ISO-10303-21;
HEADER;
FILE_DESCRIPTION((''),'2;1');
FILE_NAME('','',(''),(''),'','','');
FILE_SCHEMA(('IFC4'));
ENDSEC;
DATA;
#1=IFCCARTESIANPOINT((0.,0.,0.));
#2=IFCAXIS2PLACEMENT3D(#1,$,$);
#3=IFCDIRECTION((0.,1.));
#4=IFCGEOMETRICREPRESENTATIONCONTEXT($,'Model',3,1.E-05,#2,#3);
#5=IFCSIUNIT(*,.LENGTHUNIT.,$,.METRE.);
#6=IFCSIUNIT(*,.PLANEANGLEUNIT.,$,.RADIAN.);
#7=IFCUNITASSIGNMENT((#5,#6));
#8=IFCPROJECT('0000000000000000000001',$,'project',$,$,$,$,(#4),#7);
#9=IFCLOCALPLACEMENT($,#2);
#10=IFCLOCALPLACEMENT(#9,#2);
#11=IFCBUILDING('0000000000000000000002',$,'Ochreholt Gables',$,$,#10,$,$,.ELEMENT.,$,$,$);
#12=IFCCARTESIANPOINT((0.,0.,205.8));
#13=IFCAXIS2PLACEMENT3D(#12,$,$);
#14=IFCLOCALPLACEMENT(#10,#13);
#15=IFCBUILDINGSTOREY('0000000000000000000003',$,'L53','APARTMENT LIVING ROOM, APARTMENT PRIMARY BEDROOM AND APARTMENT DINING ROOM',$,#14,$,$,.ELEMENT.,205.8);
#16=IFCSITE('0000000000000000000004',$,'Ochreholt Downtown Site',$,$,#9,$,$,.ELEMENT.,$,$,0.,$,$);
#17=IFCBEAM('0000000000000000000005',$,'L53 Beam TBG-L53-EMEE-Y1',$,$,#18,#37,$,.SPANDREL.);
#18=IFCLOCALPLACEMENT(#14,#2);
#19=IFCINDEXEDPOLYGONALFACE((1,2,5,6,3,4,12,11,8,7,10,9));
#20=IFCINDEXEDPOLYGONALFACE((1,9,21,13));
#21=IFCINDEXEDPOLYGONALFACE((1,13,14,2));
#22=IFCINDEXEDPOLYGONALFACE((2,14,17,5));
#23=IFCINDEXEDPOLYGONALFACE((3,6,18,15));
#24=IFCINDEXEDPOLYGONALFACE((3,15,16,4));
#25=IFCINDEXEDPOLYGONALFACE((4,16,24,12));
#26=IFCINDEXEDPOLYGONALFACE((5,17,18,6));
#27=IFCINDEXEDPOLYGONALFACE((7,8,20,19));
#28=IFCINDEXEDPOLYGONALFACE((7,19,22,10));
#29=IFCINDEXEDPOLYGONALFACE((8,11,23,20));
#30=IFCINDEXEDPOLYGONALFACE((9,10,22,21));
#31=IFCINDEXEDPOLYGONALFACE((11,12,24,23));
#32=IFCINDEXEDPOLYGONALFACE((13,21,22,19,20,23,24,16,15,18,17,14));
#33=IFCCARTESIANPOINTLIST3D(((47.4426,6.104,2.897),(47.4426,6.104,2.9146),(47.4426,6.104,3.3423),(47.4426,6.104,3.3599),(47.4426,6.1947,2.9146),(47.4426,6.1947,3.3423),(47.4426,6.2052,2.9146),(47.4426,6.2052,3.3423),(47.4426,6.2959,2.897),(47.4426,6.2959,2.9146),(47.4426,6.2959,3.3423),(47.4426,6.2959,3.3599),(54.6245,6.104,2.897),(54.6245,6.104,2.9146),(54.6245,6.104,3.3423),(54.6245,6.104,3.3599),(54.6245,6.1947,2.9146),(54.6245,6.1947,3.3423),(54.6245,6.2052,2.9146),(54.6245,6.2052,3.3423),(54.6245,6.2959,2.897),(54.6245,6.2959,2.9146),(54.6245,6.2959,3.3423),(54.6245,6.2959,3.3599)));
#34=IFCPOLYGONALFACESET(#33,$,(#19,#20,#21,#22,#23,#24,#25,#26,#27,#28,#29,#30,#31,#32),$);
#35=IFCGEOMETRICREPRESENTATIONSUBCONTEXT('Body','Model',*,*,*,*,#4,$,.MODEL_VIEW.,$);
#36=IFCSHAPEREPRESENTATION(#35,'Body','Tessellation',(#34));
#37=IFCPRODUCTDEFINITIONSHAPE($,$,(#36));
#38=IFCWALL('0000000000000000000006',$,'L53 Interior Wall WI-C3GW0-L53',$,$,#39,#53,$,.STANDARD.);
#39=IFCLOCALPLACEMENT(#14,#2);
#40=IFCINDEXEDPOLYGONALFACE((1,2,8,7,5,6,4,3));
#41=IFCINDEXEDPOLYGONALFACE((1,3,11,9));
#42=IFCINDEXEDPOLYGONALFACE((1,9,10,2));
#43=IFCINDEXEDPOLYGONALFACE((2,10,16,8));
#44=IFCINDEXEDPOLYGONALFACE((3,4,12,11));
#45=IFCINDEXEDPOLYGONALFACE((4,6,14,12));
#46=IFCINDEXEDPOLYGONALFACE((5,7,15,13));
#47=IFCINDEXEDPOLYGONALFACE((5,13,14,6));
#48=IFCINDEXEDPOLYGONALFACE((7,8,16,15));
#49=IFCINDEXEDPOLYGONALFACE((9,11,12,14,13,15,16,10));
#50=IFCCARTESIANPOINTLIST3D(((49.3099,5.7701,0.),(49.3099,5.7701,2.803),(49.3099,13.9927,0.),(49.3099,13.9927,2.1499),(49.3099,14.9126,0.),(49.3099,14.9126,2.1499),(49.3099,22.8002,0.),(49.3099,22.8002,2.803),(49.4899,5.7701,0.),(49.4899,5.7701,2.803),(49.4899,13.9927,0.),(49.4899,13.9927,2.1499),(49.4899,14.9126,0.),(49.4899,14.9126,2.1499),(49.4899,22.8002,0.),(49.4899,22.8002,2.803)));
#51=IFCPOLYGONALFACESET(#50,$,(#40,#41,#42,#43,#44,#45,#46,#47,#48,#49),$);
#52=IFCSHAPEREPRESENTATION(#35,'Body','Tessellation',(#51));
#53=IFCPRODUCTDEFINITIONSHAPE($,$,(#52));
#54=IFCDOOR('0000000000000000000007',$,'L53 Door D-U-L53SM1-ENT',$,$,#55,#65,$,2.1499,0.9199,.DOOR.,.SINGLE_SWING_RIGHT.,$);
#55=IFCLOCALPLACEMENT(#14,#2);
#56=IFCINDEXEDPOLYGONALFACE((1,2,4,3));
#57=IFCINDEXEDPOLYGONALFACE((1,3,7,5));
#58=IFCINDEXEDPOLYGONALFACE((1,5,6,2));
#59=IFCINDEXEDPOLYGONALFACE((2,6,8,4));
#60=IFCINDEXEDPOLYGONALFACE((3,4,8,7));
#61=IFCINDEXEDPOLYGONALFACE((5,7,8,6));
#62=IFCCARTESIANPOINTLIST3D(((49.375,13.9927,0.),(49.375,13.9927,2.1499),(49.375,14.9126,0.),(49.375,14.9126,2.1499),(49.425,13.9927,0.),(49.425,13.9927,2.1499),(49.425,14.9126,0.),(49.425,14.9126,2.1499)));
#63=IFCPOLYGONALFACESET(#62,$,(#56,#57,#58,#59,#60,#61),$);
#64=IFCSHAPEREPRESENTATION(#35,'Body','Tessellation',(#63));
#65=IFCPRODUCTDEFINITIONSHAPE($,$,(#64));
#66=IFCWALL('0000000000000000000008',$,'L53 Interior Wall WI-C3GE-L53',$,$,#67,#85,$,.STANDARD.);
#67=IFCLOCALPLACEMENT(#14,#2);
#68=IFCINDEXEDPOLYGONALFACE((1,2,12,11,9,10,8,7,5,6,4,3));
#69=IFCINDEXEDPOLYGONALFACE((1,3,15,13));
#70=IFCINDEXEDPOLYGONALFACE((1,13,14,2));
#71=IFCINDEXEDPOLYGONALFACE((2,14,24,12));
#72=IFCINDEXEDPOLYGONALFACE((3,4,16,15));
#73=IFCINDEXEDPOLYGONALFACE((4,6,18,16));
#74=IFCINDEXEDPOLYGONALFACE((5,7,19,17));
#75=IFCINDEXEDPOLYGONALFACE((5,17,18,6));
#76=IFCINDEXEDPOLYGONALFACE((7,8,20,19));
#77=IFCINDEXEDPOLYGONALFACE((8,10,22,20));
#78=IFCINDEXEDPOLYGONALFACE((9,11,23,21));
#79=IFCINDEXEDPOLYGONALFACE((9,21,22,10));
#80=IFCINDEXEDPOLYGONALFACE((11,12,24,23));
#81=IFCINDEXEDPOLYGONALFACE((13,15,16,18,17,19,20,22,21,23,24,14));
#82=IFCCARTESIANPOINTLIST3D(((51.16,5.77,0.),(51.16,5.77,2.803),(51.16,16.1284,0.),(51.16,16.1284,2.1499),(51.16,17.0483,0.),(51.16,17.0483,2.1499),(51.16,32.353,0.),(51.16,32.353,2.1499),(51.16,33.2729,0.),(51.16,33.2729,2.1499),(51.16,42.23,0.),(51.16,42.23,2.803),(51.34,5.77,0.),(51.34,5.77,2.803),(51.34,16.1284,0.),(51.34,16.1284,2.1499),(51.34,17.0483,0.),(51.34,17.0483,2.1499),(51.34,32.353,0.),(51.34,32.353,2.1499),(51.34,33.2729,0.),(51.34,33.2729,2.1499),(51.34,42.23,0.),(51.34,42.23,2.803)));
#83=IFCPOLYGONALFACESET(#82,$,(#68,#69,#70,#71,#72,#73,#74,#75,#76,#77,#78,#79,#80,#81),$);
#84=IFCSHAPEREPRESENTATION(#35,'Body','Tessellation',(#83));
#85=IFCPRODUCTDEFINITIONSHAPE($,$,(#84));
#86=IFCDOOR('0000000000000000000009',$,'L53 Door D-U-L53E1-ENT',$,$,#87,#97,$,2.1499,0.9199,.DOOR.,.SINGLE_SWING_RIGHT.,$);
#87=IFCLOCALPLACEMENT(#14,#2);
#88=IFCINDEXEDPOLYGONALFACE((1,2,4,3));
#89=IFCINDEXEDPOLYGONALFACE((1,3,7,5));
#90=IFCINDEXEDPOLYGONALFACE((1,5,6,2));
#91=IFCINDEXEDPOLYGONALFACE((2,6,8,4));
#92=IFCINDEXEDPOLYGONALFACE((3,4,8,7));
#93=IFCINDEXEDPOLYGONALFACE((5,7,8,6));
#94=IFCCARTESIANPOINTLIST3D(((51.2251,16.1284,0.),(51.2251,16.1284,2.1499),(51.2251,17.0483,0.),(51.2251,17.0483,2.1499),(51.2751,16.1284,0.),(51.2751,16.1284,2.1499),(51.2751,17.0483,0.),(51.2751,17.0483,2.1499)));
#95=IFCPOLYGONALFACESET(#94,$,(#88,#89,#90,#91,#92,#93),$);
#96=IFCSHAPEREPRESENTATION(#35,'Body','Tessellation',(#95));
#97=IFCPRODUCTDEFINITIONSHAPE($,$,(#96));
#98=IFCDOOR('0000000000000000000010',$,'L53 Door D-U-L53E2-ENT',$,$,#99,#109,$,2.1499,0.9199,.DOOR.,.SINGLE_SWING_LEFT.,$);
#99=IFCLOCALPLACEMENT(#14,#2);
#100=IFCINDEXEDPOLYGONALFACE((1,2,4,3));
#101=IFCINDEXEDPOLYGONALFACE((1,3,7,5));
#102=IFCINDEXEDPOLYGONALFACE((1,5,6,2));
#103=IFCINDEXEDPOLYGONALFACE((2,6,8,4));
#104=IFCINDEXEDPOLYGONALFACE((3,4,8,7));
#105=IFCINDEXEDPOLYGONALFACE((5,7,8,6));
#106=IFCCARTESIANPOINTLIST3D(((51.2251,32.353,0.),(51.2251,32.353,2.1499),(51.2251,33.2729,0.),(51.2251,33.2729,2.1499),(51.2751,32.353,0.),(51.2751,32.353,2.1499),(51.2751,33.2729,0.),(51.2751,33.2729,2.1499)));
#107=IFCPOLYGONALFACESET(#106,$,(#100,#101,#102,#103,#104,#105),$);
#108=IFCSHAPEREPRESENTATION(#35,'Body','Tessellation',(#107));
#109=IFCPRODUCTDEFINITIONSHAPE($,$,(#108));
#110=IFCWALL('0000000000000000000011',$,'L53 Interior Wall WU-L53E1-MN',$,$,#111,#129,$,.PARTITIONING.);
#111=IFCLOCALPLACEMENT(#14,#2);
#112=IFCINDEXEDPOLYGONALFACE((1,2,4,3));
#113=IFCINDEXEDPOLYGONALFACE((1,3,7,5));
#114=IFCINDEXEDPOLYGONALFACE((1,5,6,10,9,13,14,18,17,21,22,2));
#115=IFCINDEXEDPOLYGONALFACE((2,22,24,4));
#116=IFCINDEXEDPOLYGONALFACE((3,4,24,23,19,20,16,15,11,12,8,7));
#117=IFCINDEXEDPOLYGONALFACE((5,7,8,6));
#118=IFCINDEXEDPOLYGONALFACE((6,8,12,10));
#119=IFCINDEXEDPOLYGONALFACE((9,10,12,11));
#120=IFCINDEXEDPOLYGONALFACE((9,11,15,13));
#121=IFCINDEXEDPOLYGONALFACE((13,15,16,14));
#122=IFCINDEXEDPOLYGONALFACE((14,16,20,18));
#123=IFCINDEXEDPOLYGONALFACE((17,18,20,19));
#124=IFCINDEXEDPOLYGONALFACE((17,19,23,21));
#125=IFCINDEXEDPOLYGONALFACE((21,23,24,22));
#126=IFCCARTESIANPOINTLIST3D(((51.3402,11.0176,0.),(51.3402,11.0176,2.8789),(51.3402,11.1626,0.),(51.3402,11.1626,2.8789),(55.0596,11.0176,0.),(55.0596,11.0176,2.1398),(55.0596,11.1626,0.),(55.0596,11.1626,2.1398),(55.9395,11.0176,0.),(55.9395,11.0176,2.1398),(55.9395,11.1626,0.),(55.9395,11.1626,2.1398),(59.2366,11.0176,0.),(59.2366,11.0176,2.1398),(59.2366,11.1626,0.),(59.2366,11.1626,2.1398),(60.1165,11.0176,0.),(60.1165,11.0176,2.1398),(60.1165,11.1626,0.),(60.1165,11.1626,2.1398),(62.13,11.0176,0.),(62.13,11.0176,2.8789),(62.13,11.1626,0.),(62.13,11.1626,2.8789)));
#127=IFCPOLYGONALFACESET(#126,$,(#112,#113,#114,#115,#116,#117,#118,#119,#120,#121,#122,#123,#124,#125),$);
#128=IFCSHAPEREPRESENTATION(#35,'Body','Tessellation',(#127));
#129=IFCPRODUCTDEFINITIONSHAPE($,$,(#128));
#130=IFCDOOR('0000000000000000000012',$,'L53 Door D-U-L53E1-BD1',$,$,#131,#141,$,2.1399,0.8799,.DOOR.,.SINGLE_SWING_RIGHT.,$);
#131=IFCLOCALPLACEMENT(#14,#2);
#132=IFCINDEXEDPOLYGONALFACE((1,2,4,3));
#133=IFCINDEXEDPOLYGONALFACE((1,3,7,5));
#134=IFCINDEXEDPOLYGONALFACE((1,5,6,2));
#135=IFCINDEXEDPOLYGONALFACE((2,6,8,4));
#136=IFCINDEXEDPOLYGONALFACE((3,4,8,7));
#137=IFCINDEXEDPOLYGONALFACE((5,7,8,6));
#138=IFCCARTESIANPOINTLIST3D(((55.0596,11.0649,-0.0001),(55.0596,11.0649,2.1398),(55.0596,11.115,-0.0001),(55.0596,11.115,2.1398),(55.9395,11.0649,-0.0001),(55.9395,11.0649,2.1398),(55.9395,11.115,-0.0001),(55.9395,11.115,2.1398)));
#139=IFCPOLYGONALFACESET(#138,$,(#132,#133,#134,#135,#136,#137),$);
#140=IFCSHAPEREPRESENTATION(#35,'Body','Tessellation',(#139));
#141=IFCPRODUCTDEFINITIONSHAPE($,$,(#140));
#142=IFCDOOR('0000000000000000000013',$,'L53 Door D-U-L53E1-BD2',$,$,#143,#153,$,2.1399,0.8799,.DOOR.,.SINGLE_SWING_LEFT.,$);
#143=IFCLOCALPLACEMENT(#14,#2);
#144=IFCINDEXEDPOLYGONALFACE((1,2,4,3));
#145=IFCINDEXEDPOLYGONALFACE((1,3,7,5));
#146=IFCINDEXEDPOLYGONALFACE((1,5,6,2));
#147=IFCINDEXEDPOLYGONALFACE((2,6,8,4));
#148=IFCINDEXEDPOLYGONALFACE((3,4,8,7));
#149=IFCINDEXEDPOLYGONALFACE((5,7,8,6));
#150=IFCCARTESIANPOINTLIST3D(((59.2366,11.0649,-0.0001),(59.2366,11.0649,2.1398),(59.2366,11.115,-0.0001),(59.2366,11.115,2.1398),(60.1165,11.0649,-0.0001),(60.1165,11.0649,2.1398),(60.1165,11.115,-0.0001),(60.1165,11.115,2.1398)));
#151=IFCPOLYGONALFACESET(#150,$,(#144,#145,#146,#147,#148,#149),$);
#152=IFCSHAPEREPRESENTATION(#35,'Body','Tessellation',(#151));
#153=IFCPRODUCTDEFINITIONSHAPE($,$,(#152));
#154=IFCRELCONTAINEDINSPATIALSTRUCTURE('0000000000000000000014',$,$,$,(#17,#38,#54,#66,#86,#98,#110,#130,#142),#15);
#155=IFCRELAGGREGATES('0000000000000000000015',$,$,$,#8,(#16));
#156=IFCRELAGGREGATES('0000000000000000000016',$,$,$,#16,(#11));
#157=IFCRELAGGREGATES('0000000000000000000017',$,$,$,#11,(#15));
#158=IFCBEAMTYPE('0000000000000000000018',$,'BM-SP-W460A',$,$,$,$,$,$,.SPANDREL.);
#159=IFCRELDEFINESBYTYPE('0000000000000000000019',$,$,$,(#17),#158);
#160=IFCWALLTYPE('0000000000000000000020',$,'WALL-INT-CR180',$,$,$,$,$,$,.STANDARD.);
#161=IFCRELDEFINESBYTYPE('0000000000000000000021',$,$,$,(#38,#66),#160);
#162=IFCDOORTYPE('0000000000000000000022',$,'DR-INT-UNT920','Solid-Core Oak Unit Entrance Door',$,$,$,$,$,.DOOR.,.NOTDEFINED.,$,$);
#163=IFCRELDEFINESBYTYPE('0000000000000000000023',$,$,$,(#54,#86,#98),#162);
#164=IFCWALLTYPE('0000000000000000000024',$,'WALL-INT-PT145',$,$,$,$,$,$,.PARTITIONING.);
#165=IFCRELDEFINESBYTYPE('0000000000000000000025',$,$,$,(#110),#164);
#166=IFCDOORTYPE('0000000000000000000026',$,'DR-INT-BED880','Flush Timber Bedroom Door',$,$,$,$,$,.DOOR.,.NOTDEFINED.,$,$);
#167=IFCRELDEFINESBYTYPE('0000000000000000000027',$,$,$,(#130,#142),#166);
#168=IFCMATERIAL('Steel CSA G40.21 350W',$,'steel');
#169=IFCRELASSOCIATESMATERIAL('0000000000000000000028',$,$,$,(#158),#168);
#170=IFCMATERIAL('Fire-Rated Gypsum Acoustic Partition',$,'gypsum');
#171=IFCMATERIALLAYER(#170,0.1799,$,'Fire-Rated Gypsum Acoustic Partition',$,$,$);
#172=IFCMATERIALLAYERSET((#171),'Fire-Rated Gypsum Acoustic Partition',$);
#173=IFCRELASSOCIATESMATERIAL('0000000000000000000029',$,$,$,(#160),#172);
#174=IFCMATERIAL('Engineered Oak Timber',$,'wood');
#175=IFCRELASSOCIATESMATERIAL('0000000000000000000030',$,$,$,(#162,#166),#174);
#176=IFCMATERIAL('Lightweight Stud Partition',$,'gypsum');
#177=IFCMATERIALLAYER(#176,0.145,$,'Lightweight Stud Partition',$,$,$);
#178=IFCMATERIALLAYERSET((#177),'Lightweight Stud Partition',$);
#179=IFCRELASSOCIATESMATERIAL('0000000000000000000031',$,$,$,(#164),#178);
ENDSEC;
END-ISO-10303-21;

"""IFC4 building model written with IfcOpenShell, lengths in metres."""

from ifc_helpers import new_model, si_unit, direction, frame, frame_2d, origin, origin_2d, place, context, subcontext, project, spatial, rectangle, i_section, extrude, material, layer, layer_set, material_profile, profile_set, type_object, element, fill, save


model = new_model("IFC4")

# Units and contexts
model_context = context("Model", 3, precision=1e-05, world=origin(), true_north=direction((0.0, 1.0)))
body_context = subcontext(model_context, "Body", "Model", "MODEL_VIEW")
ifc_project = project(units=[si_unit("LENGTHUNIT", "METRE"), si_unit("PLANEANGLEUNIT", "RADIAN")], contexts=[model_context])

# Site, building, storey
site_placement = place(None, origin())
site = spatial("IfcSite", under=ifc_project, at=site_placement, Name="Ochreholt Downtown Site", CompositionType="ELEMENT", RefElevation=0.0)
building_placement = place(site_placement, origin())
building = spatial("IfcBuilding", under=site, at=building_placement, Name="Ochreholt Gables", CompositionType="ELEMENT")
storey_placement = place(building_placement, frame((0.0, 0.0, 205.8)))
storey = spatial("IfcBuildingStorey", under=building, at=storey_placement, Name="L53", Description="APARTMENT LIVING ROOM, APARTMENT PRIMARY BEDROOM AND APARTMENT DINING ROOM", CompositionType="ELEMENT", Elevation=205.8)

# Shared definitions
ifc_material_1 = material(Name="Steel CSA G40.21 350W", Category="steel")

# Beam
ifc_material_profile_1 = material_profile(ifc_material_1, i_section(OverallWidth=0.1919, OverallDepth=0.4629, WebThickness=0.0105, FlangeThickness=0.0176, at=origin_2d()), Name="W460X89")
ifc_profile_set_1 = profile_set([ifc_material_profile_1], Name="Steel CSA G40.21 350W")
beam_type_1 = type_object("IfcBeamType", Name="BM-SP-W460A", PredefinedType="SPANDREL", material=ifc_profile_set_1)
beam_1_placement = place(storey_placement, frame((47.4426, 6.2, 3.1284), z_axis=(1.0, 0.0, 0.0), x_axis=(0.0, 1.0, 0.0)))
element("IfcBeam", 1, at=beam_1_placement, inside=storey, type_object=beam_type_1, Name="L53 Beam TBG-L53-EMEE-Y1", PredefinedType="SPANDREL", context=body_context, shape_type="SweptSolid", body=[
    extrude(i_section(OverallWidth=0.1919, OverallDepth=0.4629, WebThickness=0.0105, FlangeThickness=0.0176, at=origin_2d()), origin(), (0.0, 0.0, 1.0), 7.1819),
])

# Wall, opening, door
ifc_material_2 = material(Name="Fire-Rated Gypsum Acoustic Partition", Category="gypsum")
ifc_layer_1 = layer(ifc_material_2, 0.1799, Name="Fire-Rated Gypsum Acoustic Partition")
ifc_layer_set_1 = layer_set([ifc_layer_1], Name="Fire-Rated Gypsum Acoustic Partition")
wall_type_1 = type_object("IfcWallType", Name="WALL-INT-CR180", PredefinedType="STANDARD", material=ifc_layer_set_1)
wall_1_placement = place(storey_placement, frame((49.3999, 5.77, 0.0), z_axis=(0.0, 0.0, 1.0), x_axis=(0.0, 1.0, 0.0)))
wall_1 = element("IfcWall", 2, at=wall_1_placement, inside=storey, type_object=wall_type_1, Name="L53 Interior Wall WI-C3GW0-L53", PredefinedType="STANDARD", context=body_context, shape_type="SweptSolid", body=[
    extrude(rectangle(XDim=17.03, YDim=0.1799, at=frame_2d((8.5151, 0.0))), origin(), (0.0, 0.0, 1.0), 2.803),
])
opening_1_placement = place(wall_1_placement, frame((8.2227, 0.0, 0.0)))
opening_1 = element("IfcOpeningElement", 3, at=opening_1_placement, cuts=wall_1, PredefinedType="OPENING", context=body_context, shape_type="SweptSolid", body=[
    extrude(rectangle(XDim=0.9199, YDim=2.1499, at=frame_2d((0.46, 1.075))), frame((0.0, 0.0999, 0.0), z_axis=(0.0, -1.0, 0.0), x_axis=(1.0, 0.0, 0.0)), (0.0, 0.0, 1.0), 0.2),
])
ifc_material_3 = material(Name="Engineered Oak Timber", Category="wood")
door_type_1 = type_object("IfcDoorType", Name="DR-INT-UNT920", Description="Solid-Core Oak Unit Entrance Door", OperationType="NOTDEFINED", PredefinedType="DOOR", material=ifc_material_3)
door_1_placement = place(opening_1_placement, origin())
door_1 = element("IfcDoor", 4, at=door_1_placement, inside=storey, type_object=door_type_1, Name="L53 Door D-U-L53SM1-ENT", OperationType="SINGLE_SWING_RIGHT", OverallHeight=2.1499, OverallWidth=0.9199, PredefinedType="DOOR", context=body_context, shape_type="SweptSolid", body=[
    extrude(rectangle(XDim=0.9199, YDim=2.1499, at=frame_2d((0.46, 1.075))), frame((0.0, 0.0249, 0.0), z_axis=(0.0, -1.0, 0.0), x_axis=(1.0, 0.0, 0.0)), (0.0, 0.0, 1.0), 0.05),
])
fill(opening_1, door_1)

# Walls, openings, doors
wall_2_placement = place(storey_placement, frame((51.25, 5.77, 0.0), z_axis=(0.0, 0.0, 1.0), x_axis=(0.0, 1.0, 0.0)))
wall_2 = element("IfcWall", 5, at=wall_2_placement, inside=storey, type_object=wall_type_1, Name="L53 Interior Wall WI-C3GE-L53", PredefinedType="STANDARD", context=body_context, shape_type="SweptSolid", body=[
    extrude(rectangle(XDim=36.46, YDim=0.1799, at=frame_2d((18.23, 0.0))), origin(), (0.0, 0.0, 1.0), 2.803),
])
opening_2_placement = place(wall_2_placement, frame((10.3584, 0.0, 0.0)))
opening_2 = element("IfcOpeningElement", 6, at=opening_2_placement, cuts=wall_2, PredefinedType="OPENING", context=body_context, shape_type="SweptSolid", body=[
    extrude(rectangle(XDim=0.9199, YDim=2.1499, at=frame_2d((0.46, 1.075))), frame((0.0, 0.0999, 0.0), z_axis=(0.0, -1.0, 0.0), x_axis=(1.0, 0.0, 0.0)), (0.0, 0.0, 1.0), 0.2),
])
opening_3_placement = place(wall_2_placement, frame((26.583, 0.0, 0.0)))
opening_3 = element("IfcOpeningElement", 7, at=opening_3_placement, cuts=wall_2, PredefinedType="OPENING", context=body_context, shape_type="SweptSolid", body=[
    extrude(rectangle(XDim=0.9199, YDim=2.1499, at=frame_2d((0.46, 1.075))), frame((0.0, 0.0999, 0.0), z_axis=(0.0, -1.0, 0.0), x_axis=(1.0, 0.0, 0.0)), (0.0, 0.0, 1.0), 0.2),
])
door_2_placement = place(opening_2_placement, origin())
door_2 = element("IfcDoor", 8, at=door_2_placement, inside=storey, type_object=door_type_1, Name="L53 Door D-U-L53E1-ENT", OperationType="SINGLE_SWING_RIGHT", OverallHeight=2.1499, OverallWidth=0.9199, PredefinedType="DOOR", context=body_context, shape_type="SweptSolid", body=[
    extrude(rectangle(XDim=0.9199, YDim=2.1499, at=frame_2d((0.46, 1.075))), frame((0.0, 0.0249, 0.0), z_axis=(0.0, -1.0, 0.0), x_axis=(1.0, 0.0, 0.0)), (0.0, 0.0, 1.0), 0.05),
])
fill(opening_2, door_2)
door_3_placement = place(opening_3_placement, origin())
door_3 = element("IfcDoor", 9, at=door_3_placement, inside=storey, type_object=door_type_1, Name="L53 Door D-U-L53E2-ENT", OperationType="SINGLE_SWING_LEFT", OverallHeight=2.1499, OverallWidth=0.9199, PredefinedType="DOOR", context=body_context, shape_type="SweptSolid", body=[
    extrude(rectangle(XDim=0.9199, YDim=2.1499, at=frame_2d((0.46, 1.075))), frame((0.0, 0.0249, 0.0), z_axis=(0.0, -1.0, 0.0), x_axis=(1.0, 0.0, 0.0)), (0.0, 0.0, 1.0), 0.05),
])
fill(opening_3, door_3)
ifc_material_4 = material(Name="Lightweight Stud Partition", Category="gypsum")
ifc_layer_2 = layer(ifc_material_4, 0.145, Name="Lightweight Stud Partition")
ifc_layer_set_2 = layer_set([ifc_layer_2], Name="Lightweight Stud Partition")
wall_type_2 = type_object("IfcWallType", Name="WALL-INT-PT145", PredefinedType="PARTITIONING", material=ifc_layer_set_2)
wall_3_placement = place(storey_placement, frame((51.3401, 11.0901, 0.0), z_axis=(0.0, 0.0, 1.0), x_axis=(1.0, 0.0, 0.0)))
wall_3 = element("IfcWall", 10, at=wall_3_placement, inside=storey, type_object=wall_type_2, Name="L53 Interior Wall WU-L53E1-MN", PredefinedType="PARTITIONING", context=body_context, shape_type="SweptSolid", body=[
    extrude(rectangle(XDim=10.7898, YDim=0.145, at=frame_2d((5.395, 0.0))), origin(), (0.0, 0.0, 1.0), 2.8789),
])
opening_4_placement = place(wall_3_placement, frame((3.7195, 0.0, 0.0)))
opening_4 = element("IfcOpeningElement", 11, at=opening_4_placement, cuts=wall_3, PredefinedType="OPENING", context=body_context, shape_type="SweptSolid", body=[
    extrude(rectangle(XDim=0.8799, YDim=2.1399, at=frame_2d((0.4399, 1.0698))), frame((0.0, 0.0825, 0.0), z_axis=(0.0, -1.0, 0.0), x_axis=(1.0, 0.0, 0.0)), (0.0, 0.0, 1.0), 0.165),
])
opening_5_placement = place(wall_3_placement, frame((7.8965, 0.0, 0.0)))
opening_5 = element("IfcOpeningElement", 12, at=opening_5_placement, cuts=wall_3, PredefinedType="OPENING", context=body_context, shape_type="SweptSolid", body=[
    extrude(rectangle(XDim=0.8799, YDim=2.1399, at=frame_2d((0.4399, 1.0698))), frame((0.0, 0.0825, 0.0), z_axis=(0.0, -1.0, 0.0), x_axis=(1.0, 0.0, 0.0)), (0.0, 0.0, 1.0), 0.165),
])
door_type_2 = type_object("IfcDoorType", Name="DR-INT-BED880", Description="Flush Timber Bedroom Door", OperationType="NOTDEFINED", PredefinedType="DOOR", material=ifc_material_3)
door_4_placement = place(opening_4_placement, origin())
door_4 = element("IfcDoor", 13, at=door_4_placement, inside=storey, type_object=door_type_2, Name="L53 Door D-U-L53E1-BD1", OperationType="SINGLE_SWING_RIGHT", OverallHeight=2.1399, OverallWidth=0.8799, PredefinedType="DOOR", context=body_context, shape_type="SweptSolid", body=[
    extrude(rectangle(XDim=0.8799, YDim=2.1399, at=frame_2d((0.4399, 1.0698))), frame((0.0, 0.0249, 0.0), z_axis=(0.0, -1.0, 0.0), x_axis=(1.0, 0.0, 0.0)), (0.0, 0.0, 1.0), 0.05),
])
fill(opening_4, door_4)
door_5_placement = place(opening_5_placement, origin())
door_5 = element("IfcDoor", 14, at=door_5_placement, inside=storey, type_object=door_type_2, Name="L53 Door D-U-L53E1-BD2", OperationType="SINGLE_SWING_LEFT", OverallHeight=2.1399, OverallWidth=0.8799, PredefinedType="DOOR", context=body_context, shape_type="SweptSolid", body=[
    extrude(rectangle(XDim=0.8799, YDim=2.1399, at=frame_2d((0.4399, 1.0698))), frame((0.0, 0.0249, 0.0), z_axis=(0.0, -1.0, 0.0), x_axis=(1.0, 0.0, 0.0)), (0.0, 0.0, 1.0), 0.05),
])
fill(opening_5, door_5)

save(model, "model.ifc")
